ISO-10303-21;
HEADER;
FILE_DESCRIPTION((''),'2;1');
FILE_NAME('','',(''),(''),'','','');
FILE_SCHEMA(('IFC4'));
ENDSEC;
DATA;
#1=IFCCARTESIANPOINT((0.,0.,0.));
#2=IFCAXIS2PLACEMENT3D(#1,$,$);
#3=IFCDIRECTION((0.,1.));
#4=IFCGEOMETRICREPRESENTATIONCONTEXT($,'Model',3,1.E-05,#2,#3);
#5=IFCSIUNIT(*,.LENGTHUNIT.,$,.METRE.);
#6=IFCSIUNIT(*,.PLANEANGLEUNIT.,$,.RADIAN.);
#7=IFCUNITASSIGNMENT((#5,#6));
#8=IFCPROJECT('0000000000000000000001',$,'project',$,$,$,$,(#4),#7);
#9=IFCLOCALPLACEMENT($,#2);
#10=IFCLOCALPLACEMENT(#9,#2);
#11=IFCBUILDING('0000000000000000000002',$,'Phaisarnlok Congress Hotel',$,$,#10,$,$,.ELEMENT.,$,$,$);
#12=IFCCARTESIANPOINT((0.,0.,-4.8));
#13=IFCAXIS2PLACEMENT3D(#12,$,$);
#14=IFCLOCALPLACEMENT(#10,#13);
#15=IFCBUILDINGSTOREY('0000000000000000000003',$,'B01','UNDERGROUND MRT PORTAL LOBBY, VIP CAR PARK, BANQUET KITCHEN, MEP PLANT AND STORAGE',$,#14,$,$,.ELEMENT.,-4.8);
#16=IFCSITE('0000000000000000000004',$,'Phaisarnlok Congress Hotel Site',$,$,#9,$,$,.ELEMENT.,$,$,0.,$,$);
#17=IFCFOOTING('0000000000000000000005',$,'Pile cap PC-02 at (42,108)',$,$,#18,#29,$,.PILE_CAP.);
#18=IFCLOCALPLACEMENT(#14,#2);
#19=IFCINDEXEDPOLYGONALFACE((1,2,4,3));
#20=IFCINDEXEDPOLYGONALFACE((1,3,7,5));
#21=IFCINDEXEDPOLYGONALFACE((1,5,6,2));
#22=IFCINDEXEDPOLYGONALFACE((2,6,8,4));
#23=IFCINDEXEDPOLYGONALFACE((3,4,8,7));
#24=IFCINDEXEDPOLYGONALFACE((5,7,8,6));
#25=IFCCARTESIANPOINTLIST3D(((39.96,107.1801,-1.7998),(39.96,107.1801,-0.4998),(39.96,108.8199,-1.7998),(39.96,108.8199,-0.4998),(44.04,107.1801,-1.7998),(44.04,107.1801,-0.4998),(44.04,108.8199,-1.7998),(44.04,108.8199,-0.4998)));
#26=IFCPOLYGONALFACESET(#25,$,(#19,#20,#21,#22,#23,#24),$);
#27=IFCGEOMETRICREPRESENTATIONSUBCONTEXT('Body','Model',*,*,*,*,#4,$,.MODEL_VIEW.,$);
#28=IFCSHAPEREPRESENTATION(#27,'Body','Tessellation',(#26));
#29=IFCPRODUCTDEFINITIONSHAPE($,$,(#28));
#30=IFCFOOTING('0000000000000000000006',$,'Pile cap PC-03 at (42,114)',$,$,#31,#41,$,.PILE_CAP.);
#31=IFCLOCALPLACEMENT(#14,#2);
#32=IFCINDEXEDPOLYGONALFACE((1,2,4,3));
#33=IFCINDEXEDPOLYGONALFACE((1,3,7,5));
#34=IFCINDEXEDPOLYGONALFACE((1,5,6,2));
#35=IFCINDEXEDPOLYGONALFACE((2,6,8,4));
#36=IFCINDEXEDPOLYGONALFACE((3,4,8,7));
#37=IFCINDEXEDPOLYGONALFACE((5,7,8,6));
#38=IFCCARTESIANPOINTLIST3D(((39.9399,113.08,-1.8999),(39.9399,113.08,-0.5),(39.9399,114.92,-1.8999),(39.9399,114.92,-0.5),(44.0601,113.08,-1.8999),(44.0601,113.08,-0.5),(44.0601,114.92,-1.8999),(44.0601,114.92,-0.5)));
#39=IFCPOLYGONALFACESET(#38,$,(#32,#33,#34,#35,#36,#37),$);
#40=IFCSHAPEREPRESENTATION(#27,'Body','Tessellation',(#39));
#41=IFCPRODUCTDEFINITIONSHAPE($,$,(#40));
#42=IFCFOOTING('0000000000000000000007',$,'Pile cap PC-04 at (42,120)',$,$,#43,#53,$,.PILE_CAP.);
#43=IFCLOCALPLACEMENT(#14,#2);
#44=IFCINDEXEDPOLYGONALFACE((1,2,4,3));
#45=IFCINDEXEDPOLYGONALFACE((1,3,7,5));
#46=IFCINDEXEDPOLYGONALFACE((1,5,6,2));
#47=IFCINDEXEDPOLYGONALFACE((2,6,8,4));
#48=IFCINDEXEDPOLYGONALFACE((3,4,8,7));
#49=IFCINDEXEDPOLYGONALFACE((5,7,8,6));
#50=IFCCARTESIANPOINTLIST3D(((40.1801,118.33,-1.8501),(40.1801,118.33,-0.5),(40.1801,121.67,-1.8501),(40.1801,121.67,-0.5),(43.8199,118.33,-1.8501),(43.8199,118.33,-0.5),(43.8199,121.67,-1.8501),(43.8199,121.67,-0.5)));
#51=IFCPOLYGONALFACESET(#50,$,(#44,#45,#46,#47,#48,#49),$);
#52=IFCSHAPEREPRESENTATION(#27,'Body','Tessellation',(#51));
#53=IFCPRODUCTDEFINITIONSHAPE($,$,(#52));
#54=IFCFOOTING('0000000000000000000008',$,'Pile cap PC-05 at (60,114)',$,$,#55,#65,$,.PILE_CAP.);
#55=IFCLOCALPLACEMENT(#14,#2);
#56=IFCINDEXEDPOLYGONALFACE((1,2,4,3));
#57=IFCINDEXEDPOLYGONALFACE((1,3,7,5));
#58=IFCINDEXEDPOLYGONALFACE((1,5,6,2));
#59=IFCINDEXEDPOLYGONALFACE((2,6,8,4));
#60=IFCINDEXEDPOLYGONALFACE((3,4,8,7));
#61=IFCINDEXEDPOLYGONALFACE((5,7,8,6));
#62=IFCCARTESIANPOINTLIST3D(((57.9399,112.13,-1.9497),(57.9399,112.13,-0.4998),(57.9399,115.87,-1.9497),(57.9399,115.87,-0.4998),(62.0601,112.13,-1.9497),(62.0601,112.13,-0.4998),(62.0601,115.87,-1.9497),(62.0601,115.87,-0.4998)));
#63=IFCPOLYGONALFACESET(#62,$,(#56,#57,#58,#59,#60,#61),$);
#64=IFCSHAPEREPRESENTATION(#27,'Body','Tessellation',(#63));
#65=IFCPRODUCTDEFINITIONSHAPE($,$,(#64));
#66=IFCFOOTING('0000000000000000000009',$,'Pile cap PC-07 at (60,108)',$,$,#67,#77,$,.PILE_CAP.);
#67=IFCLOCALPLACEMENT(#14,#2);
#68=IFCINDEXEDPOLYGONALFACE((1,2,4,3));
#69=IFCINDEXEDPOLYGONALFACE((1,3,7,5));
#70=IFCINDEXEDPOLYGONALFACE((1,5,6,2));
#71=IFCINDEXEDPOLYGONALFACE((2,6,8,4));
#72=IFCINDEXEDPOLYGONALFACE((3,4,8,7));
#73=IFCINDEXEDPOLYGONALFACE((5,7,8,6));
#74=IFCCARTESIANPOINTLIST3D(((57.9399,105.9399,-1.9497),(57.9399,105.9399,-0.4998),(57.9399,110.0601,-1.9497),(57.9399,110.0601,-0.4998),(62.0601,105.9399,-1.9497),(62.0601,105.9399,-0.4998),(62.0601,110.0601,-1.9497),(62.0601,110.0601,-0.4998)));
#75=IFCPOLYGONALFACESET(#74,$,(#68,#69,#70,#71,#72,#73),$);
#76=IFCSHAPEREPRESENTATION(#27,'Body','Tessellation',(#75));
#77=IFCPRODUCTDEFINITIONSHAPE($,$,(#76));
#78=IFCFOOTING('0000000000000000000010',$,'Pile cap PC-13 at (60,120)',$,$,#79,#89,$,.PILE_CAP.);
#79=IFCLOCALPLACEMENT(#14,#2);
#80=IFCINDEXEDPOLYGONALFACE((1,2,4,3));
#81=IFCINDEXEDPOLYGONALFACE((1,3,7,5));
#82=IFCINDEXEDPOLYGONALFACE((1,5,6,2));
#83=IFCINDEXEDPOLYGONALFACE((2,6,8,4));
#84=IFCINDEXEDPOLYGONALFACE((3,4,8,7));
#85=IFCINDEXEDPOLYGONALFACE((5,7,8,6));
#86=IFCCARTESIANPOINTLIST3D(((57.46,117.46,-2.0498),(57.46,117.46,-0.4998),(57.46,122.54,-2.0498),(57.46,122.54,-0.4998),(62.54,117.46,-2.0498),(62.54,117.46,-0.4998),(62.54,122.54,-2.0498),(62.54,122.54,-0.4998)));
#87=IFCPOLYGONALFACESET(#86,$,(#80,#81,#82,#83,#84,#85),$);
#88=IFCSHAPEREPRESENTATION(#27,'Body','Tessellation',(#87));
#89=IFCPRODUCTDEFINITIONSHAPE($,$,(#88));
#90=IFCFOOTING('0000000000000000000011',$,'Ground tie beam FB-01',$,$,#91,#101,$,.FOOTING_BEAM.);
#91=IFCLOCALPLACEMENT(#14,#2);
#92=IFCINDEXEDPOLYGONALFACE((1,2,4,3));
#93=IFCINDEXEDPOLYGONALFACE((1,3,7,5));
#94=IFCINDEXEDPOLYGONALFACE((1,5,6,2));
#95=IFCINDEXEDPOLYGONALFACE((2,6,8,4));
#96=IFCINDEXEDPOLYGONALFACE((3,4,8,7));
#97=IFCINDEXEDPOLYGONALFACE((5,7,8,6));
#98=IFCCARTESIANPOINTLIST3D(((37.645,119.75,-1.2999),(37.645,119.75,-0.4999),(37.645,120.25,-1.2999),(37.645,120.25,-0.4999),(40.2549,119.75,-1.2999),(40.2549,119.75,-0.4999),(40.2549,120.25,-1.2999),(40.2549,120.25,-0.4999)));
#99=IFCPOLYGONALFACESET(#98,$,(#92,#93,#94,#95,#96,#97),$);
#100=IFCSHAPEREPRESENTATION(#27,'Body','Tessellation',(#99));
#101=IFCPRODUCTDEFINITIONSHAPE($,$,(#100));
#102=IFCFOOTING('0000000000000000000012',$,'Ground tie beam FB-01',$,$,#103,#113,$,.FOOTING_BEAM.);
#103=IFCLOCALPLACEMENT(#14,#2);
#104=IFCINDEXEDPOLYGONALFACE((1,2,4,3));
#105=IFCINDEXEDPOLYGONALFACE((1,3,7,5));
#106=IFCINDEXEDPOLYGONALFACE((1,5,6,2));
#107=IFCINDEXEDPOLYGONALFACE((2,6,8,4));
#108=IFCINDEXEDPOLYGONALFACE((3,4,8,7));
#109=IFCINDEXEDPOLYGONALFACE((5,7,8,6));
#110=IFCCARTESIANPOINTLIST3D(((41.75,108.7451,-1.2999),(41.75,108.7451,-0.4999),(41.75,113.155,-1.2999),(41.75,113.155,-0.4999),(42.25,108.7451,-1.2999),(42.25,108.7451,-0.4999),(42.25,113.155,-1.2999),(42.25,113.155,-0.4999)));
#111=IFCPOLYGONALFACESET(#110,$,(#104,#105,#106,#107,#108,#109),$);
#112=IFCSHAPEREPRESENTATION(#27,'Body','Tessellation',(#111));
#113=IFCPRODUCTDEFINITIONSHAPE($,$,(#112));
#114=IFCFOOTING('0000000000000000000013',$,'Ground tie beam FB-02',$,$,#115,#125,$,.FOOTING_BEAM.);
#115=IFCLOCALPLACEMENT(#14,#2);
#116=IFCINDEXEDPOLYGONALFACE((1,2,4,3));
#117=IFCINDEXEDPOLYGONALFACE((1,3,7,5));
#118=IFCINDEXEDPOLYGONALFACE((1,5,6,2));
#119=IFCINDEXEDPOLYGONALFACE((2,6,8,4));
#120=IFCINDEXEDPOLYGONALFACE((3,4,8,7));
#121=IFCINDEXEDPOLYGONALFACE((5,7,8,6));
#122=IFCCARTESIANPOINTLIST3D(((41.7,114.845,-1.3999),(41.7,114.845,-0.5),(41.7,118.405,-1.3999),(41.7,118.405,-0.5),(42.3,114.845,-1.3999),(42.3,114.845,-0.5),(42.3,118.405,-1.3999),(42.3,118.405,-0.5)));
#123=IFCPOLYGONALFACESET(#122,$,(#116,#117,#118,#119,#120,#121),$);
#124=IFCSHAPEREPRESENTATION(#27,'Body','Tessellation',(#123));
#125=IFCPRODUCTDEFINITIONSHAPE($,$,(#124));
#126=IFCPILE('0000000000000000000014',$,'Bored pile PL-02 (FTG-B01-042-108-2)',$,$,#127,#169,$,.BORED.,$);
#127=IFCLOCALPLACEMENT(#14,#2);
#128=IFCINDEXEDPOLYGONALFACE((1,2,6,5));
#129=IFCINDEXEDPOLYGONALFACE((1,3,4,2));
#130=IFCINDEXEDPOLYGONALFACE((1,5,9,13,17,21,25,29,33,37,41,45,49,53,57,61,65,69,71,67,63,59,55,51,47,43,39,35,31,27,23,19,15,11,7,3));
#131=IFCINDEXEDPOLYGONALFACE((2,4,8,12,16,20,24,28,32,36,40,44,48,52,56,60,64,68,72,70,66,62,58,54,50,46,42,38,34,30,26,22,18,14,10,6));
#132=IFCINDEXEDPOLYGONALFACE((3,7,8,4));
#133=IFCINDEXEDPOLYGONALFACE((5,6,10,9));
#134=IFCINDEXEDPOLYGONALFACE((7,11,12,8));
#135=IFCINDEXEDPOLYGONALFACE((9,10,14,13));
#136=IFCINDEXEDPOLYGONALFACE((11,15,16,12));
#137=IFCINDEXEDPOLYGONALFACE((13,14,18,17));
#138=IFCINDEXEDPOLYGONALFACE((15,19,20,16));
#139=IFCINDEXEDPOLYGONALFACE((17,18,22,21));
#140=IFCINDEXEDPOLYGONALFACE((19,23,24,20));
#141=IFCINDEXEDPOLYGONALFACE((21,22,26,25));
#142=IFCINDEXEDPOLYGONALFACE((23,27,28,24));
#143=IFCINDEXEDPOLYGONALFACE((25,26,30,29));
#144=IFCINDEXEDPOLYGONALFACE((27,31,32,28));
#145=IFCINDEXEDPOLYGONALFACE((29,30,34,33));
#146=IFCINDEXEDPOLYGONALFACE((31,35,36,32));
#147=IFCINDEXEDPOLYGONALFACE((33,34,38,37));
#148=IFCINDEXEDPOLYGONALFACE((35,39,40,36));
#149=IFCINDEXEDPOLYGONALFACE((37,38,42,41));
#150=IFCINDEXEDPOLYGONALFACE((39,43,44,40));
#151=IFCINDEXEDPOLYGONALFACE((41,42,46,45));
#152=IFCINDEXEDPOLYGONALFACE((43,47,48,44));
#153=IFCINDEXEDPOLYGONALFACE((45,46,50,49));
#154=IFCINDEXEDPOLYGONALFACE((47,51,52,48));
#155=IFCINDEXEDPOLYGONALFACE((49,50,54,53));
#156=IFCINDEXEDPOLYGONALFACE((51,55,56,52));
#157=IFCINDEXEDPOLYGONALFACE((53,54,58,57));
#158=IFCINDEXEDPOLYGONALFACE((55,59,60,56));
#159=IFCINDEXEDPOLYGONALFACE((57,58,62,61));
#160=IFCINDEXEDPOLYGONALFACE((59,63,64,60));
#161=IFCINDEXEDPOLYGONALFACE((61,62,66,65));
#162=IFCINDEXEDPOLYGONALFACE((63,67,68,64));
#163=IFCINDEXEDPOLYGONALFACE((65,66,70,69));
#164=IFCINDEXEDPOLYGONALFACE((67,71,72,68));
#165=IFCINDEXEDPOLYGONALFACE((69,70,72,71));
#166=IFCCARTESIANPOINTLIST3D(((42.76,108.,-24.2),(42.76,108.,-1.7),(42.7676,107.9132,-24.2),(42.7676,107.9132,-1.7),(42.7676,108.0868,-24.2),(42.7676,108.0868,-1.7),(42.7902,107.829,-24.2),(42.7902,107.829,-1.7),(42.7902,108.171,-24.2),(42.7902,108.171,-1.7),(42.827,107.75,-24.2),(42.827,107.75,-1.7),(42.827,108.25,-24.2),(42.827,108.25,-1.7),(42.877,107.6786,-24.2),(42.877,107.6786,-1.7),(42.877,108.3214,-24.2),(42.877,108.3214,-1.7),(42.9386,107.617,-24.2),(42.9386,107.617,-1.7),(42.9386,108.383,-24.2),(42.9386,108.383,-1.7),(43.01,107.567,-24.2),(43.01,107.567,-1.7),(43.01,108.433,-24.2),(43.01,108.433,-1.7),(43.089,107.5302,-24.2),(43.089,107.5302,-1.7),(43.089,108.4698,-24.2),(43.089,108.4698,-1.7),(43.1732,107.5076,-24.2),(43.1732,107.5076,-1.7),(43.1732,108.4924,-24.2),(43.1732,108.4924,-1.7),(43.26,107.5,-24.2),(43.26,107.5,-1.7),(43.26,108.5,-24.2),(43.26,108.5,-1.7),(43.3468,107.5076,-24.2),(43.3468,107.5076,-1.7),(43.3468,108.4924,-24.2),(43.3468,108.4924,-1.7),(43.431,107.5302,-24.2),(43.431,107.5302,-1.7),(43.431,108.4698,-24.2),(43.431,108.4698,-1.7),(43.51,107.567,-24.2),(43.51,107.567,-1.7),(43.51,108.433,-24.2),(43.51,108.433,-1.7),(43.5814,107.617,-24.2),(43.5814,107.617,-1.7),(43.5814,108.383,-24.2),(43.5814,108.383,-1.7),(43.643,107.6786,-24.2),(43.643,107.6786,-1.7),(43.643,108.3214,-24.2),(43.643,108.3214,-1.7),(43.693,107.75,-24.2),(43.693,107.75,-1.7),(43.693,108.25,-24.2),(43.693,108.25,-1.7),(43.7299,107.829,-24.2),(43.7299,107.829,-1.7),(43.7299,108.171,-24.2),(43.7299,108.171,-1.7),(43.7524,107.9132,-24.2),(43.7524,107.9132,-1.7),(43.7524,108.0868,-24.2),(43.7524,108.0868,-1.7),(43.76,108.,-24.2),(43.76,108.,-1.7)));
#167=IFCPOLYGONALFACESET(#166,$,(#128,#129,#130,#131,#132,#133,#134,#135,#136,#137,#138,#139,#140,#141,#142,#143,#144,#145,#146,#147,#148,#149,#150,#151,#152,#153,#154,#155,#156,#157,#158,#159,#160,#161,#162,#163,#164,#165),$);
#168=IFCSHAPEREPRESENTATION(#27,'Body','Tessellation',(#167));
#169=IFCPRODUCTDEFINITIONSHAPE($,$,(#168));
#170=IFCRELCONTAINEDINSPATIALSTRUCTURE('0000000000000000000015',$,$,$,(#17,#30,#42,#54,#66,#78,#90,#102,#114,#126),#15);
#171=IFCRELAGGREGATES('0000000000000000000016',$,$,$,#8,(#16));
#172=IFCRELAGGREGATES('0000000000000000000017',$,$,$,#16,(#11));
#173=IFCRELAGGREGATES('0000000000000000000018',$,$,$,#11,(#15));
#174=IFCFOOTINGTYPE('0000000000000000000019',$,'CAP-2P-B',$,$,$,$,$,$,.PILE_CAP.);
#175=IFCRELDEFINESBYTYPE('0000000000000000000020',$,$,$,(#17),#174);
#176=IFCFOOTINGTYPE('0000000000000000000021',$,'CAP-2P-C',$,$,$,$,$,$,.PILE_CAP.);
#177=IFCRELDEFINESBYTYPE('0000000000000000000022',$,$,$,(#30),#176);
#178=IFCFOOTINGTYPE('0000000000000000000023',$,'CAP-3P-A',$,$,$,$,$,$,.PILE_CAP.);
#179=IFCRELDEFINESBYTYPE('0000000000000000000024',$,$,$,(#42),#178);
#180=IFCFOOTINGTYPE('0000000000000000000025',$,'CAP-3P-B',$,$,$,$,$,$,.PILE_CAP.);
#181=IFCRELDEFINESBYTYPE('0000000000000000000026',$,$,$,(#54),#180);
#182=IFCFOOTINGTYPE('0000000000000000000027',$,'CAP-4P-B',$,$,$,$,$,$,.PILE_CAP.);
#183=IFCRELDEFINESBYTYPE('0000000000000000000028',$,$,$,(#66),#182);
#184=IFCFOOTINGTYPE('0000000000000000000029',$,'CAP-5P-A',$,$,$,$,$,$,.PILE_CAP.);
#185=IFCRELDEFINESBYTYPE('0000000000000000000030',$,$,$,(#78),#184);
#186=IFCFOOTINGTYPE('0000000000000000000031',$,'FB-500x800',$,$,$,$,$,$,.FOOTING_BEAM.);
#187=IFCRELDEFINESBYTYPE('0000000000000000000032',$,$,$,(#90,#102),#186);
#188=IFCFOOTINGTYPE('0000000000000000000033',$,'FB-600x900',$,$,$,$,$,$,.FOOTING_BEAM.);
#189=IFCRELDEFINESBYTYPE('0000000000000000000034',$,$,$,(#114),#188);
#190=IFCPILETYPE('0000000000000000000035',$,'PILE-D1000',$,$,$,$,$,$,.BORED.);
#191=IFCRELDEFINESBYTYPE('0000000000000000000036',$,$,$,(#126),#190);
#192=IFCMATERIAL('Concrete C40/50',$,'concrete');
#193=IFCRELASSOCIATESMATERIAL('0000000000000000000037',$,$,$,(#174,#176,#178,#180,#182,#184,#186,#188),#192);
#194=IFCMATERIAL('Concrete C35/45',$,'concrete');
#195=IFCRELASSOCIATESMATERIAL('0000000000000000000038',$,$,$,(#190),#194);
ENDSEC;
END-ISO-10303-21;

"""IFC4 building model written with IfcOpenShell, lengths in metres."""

from ifc_helpers import new_model, si_unit, direction, frame, origin, origin_2d, place, context, subcontext, project, spatial, rectangle, circle, extrude, material, material_profile, profile_set, type_object, element, save


model = new_model("IFC4")

# Units and contexts
model_context = context("Model", 3, precision=1e-05, world=origin(), true_north=direction((0.0, 1.0)))
body_context = subcontext(model_context, "Body", "Model", "MODEL_VIEW")
ifc_project = project(units=[si_unit("LENGTHUNIT", "METRE"), si_unit("PLANEANGLEUNIT", "RADIAN")], contexts=[model_context])

# Site, building, storey
site_placement = place(None, origin())
site = spatial("IfcSite", under=ifc_project, at=site_placement, Name="Phaisarnlok Congress Hotel Site", CompositionType="ELEMENT", RefElevation=0.0)
building_placement = place(site_placement, origin())
building = spatial("IfcBuilding", under=site, at=building_placement, Name="Phaisarnlok Congress Hotel", CompositionType="ELEMENT")
storey_placement = place(building_placement, frame((0.0, 0.0, -4.8)))
storey = spatial("IfcBuildingStorey", under=building, at=storey_placement, Name="B01", Description="UNDERGROUND MRT PORTAL LOBBY, VIP CAR PARK, BANQUET KITCHEN, MEP PLANT AND STORAGE", CompositionType="ELEMENT", Elevation=-4.8)

# Footings
ifc_material_1 = material(Name="Concrete C40/50", Category="concrete")
footing_type_1 = type_object("IfcFootingType", Name="CAP-2P-B", PredefinedType="PILE_CAP", material=ifc_material_1)
footing_1_placement = place(storey_placement, frame((42.0, 108.0, -1.7998), z_axis=(0.0, 0.0, 1.0), x_axis=(1.0, 0.0, 0.0)))
element("IfcFooting", 1, at=footing_1_placement, inside=storey, type_object=footing_type_1, Name="Pile cap PC-02 at (42,108)", PredefinedType="PILE_CAP", context=body_context, shape_type="SweptSolid", body=[
    extrude(rectangle(XDim=4.0801, YDim=1.6399, at=origin_2d()), origin(), (0.0, 0.0, 1.0), 1.3),
])
footing_type_2 = type_object("IfcFootingType", Name="CAP-2P-C", PredefinedType="PILE_CAP", material=ifc_material_1)
footing_2_placement = place(storey_placement, frame((42.0, 114.0, -1.8999), z_axis=(0.0, 0.0, 1.0), x_axis=(1.0, 0.0, 0.0)))
element("IfcFooting", 2, at=footing_2_placement, inside=storey, type_object=footing_type_2, Name="Pile cap PC-03 at (42,114)", PredefinedType="PILE_CAP", context=body_context, shape_type="SweptSolid", body=[
    extrude(rectangle(XDim=4.1201, YDim=1.8401, at=origin_2d()), origin(), (0.0, 0.0, 1.0), 1.3999),
])
footing_type_3 = type_object("IfcFootingType", Name="CAP-3P-A", PredefinedType="PILE_CAP", material=ifc_material_1)
footing_3_placement = place(storey_placement, frame((42.0, 120.0, -1.8501), z_axis=(0.0, 0.0, 1.0), x_axis=(1.0, 0.0, 0.0)))
element("IfcFooting", 3, at=footing_3_placement, inside=storey, type_object=footing_type_3, Name="Pile cap PC-04 at (42,120)", PredefinedType="PILE_CAP", context=body_context, shape_type="SweptSolid", body=[
    extrude(rectangle(XDim=3.6399, YDim=3.3401, at=origin_2d()), origin(), (0.0, 0.0, 1.0), 1.3501),
])
footing_type_4 = type_object("IfcFootingType", Name="CAP-3P-B", PredefinedType="PILE_CAP", material=ifc_material_1)
footing_4_placement = place(storey_placement, frame((60.0, 114.0, -1.9497), z_axis=(0.0, 0.0, 1.0), x_axis=(1.0, 0.0, 0.0)))
element("IfcFooting", 4, at=footing_4_placement, inside=storey, type_object=footing_type_4, Name="Pile cap PC-05 at (60,114)", PredefinedType="PILE_CAP", context=body_context, shape_type="SweptSolid", body=[
    extrude(rectangle(XDim=4.1201, YDim=3.74, at=origin_2d()), origin(), (0.0, 0.0, 1.0), 1.45),
])
footing_type_5 = type_object("IfcFootingType", Name="CAP-4P-B", PredefinedType="PILE_CAP", material=ifc_material_1)
footing_5_placement = place(storey_placement, frame((60.0, 108.0, -1.9497), z_axis=(0.0, 0.0, 1.0), x_axis=(1.0, 0.0, 0.0)))
element("IfcFooting", 5, at=footing_5_placement, inside=storey, type_object=footing_type_5, Name="Pile cap PC-07 at (60,108)", PredefinedType="PILE_CAP", context=body_context, shape_type="SweptSolid", body=[
    extrude(rectangle(XDim=4.1201, YDim=4.1201, at=origin_2d()), origin(), (0.0, 0.0, 1.0), 1.45),
])
footing_type_6 = type_object("IfcFootingType", Name="CAP-5P-A", PredefinedType="PILE_CAP", material=ifc_material_1)
footing_6_placement = place(storey_placement, frame((60.0, 120.0, -2.0498), z_axis=(0.0, 0.0, 1.0), x_axis=(1.0, 0.0, 0.0)))
element("IfcFooting", 6, at=footing_6_placement, inside=storey, type_object=footing_type_6, Name="Pile cap PC-13 at (60,120)", PredefinedType="PILE_CAP", context=body_context, shape_type="SweptSolid", body=[
    extrude(rectangle(XDim=5.0801, YDim=5.0801, at=origin_2d()), origin(), (0.0, 0.0, 1.0), 1.55),
])
ifc_material_profile_1 = material_profile(ifc_material_1, rectangle(XDim=0.5, YDim=0.8, at=origin_2d()), Name="FB-500x800")
ifc_profile_set_1 = profile_set([ifc_material_profile_1], Name="Concrete C40/50")
footing_type_7 = type_object("IfcFootingType", Name="FB-500x800", PredefinedType="FOOTING_BEAM", material=ifc_profile_set_1)
footing_7_placement = place(storey_placement, frame((37.645, 120.0, -0.8999), z_axis=(1.0, 0.0, 0.0), x_axis=(0.0, 1.0, 0.0)))
element("IfcFooting", 7, at=footing_7_placement, inside=storey, type_object=footing_type_7, Name="Ground tie beam FB-01", PredefinedType="FOOTING_BEAM", context=body_context, shape_type="SweptSolid", body=[
    extrude(rectangle(XDim=0.5, YDim=0.8, at=origin_2d()), origin(), (0.0, 0.0, 1.0), 2.6099),
])
footing_8_placement = place(storey_placement, frame((42.0, 108.7451, -0.8999), z_axis=(0.0, 1.0, 0.0), x_axis=(-1.0, 0.0, 0.0)))
element("IfcFooting", 8, at=footing_8_placement, inside=storey, type_object=footing_type_7, Name="Ground tie beam FB-01", PredefinedType="FOOTING_BEAM", context=body_context, shape_type="SweptSolid", body=[
    extrude(rectangle(XDim=0.5, YDim=0.8, at=origin_2d()), origin(), (0.0, 0.0, 1.0), 4.4099),
])
ifc_material_profile_2 = material_profile(ifc_material_1, rectangle(XDim=0.6001, YDim=0.8999, at=origin_2d()), Name="FB-600x900")
ifc_profile_set_2 = profile_set([ifc_material_profile_2], Name="Concrete C40/50")
footing_type_8 = type_object("IfcFootingType", Name="FB-600x900", PredefinedType="FOOTING_BEAM", material=ifc_profile_set_2)
footing_9_placement = place(storey_placement, frame((42.0, 114.845, -0.95), z_axis=(0.0, 1.0, 0.0), x_axis=(-1.0, 0.0, 0.0)))
element("IfcFooting", 9, at=footing_9_placement, inside=storey, type_object=footing_type_8, Name="Ground tie beam FB-02", PredefinedType="FOOTING_BEAM", context=body_context, shape_type="SweptSolid", body=[
    extrude(rectangle(XDim=0.6001, YDim=0.8999, at=origin_2d()), origin(), (0.0, 0.0, 1.0), 3.5601),
])

# Pile
ifc_material_2 = material(Name="Concrete C35/45", Category="concrete")
ifc_material_profile_3 = material_profile(ifc_material_2, circle(Radius=0.5, at=origin_2d()), Name="BORED PILE D1000")
ifc_profile_set_3 = profile_set([ifc_material_profile_3], Name="Concrete C35/45")
pile_type_1 = type_object("IfcPileType", Name="PILE-D1000", PredefinedType="BORED", material=ifc_profile_set_3)
pile_1_placement = place(storey_placement, frame((43.26, 108.0, -1.7), z_axis=(0.0, 0.0, -1.0), x_axis=(1.0, 0.0, 0.0)))
element("IfcPile", 10, at=pile_1_placement, inside=storey, type_object=pile_type_1, Name="Bored pile PL-02 (FTG-B01-042-108-2)", PredefinedType="BORED", context=body_context, shape_type="SweptSolid", body=[
    extrude(circle(Radius=0.5, at=origin_2d()), origin(), (0.0, 0.0, 1.0), 22.5),
])

save(model, "model.ifc")
